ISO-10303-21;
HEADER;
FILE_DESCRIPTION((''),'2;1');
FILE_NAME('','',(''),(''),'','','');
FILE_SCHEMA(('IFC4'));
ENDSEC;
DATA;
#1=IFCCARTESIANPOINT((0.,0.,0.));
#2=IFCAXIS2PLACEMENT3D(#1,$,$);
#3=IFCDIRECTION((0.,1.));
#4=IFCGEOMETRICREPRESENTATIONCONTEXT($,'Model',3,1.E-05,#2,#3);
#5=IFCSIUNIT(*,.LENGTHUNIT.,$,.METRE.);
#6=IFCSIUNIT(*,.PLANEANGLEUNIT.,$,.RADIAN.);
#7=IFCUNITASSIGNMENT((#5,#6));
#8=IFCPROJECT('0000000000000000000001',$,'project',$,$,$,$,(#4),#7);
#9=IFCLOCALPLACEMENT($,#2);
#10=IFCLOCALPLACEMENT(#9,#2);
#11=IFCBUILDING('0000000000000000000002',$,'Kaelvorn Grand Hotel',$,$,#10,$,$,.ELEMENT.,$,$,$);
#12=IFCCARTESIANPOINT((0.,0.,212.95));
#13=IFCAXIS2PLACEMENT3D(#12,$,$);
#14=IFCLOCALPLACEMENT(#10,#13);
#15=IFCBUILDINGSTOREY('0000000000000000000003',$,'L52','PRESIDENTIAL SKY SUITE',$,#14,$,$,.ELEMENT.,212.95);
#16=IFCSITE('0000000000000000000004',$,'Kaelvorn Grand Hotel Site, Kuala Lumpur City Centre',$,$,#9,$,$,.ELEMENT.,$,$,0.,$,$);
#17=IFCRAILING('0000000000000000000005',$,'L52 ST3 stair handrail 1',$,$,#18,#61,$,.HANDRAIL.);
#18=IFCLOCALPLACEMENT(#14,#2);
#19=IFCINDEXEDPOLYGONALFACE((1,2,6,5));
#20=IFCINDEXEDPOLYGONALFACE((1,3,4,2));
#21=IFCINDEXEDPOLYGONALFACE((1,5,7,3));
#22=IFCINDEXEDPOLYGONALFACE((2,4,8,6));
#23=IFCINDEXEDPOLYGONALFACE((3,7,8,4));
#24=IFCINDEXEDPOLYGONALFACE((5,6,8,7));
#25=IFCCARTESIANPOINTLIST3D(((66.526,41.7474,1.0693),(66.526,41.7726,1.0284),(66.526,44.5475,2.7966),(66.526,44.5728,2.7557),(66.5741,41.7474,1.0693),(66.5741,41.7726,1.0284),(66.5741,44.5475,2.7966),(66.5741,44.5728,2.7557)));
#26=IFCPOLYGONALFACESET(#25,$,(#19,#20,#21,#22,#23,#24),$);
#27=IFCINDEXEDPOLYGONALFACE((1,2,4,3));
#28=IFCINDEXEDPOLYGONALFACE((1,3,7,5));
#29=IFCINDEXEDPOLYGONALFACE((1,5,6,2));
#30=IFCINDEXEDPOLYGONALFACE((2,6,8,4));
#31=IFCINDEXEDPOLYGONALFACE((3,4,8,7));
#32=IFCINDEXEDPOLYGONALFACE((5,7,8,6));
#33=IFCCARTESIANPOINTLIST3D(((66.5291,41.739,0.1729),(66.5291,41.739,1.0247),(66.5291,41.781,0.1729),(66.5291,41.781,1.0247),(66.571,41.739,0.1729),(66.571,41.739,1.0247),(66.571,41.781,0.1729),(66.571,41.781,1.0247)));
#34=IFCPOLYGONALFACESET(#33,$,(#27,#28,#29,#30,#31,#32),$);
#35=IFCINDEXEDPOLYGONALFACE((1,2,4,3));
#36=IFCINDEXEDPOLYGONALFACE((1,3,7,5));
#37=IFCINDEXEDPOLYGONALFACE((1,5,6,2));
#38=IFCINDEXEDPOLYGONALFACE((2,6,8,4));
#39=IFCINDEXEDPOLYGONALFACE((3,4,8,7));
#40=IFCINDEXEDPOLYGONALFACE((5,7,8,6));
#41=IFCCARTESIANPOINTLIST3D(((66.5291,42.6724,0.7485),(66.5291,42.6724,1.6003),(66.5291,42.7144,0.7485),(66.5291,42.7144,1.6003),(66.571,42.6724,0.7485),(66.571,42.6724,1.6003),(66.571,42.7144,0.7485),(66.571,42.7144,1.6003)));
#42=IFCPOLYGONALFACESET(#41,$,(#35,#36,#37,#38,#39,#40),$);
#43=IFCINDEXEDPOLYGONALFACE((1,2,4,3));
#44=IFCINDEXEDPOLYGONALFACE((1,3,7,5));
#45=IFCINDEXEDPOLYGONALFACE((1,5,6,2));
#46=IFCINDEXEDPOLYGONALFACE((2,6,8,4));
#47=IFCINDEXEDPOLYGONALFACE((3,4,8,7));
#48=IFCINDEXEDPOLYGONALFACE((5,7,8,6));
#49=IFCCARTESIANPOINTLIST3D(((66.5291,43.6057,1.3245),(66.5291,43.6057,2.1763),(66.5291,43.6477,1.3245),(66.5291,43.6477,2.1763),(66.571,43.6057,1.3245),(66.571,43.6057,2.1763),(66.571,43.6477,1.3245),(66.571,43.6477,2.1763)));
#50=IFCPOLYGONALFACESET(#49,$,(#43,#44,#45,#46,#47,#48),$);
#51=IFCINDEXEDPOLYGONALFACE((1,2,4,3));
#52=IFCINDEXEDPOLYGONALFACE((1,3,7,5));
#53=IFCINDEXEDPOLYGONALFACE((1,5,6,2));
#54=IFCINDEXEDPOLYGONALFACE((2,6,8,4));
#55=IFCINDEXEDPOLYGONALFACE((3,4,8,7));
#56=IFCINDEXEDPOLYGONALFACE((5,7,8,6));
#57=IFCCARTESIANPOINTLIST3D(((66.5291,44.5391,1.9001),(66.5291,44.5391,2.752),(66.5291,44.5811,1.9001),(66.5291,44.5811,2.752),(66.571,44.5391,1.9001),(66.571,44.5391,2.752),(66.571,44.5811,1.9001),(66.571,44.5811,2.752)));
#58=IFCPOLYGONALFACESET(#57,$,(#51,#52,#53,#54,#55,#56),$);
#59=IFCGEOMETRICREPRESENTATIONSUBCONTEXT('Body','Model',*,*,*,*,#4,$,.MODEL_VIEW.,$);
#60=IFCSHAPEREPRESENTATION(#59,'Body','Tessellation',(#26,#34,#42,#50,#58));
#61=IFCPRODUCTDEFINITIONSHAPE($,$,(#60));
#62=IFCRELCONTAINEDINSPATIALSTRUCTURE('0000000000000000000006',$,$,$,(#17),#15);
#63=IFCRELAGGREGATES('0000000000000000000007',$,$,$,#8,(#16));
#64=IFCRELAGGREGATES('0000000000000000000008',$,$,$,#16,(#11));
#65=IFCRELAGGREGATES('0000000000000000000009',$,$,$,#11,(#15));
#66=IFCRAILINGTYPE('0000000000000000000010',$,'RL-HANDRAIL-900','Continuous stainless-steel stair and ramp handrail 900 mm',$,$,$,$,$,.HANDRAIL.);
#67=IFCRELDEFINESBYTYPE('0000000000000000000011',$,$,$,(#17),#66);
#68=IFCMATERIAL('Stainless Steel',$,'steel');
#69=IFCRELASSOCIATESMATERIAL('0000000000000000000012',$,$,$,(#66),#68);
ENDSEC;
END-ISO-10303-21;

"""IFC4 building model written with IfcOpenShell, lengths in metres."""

from ifc_helpers import new_model, si_unit, direction, frame, origin, origin_2d, place, context, subcontext, project, spatial, rectangle, extrude, material, type_object, element, save


model = new_model("IFC4")

# Units and contexts
model_context = context("Model", 3, precision=1e-05, world=origin(), true_north=direction((0.0, 1.0)))
body_context = subcontext(model_context, "Body", "Model", "MODEL_VIEW")
ifc_project = project(units=[si_unit("LENGTHUNIT", "METRE"), si_unit("PLANEANGLEUNIT", "RADIAN")], contexts=[model_context])

# Site, building, storey
site_placement = place(None, origin())
site = spatial("IfcSite", under=ifc_project, at=site_placement, Name="Kaelvorn Grand Hotel Site, Kuala Lumpur City Centre", CompositionType="ELEMENT", RefElevation=0.0)
building_placement = place(site_placement, origin())
building = spatial("IfcBuilding", under=site, at=building_placement, Name="Kaelvorn Grand Hotel", CompositionType="ELEMENT")
storey_placement = place(building_placement, frame((0.0, 0.0, 212.95)))
storey = spatial("IfcBuildingStorey", under=building, at=storey_placement, Name="L52", Description="PRESIDENTIAL SKY SUITE", CompositionType="ELEMENT", Elevation=212.95)

# Railing
ifc_material_1 = material(Name="Stainless Steel", Category="steel")
railing_type = type_object("IfcRailingType", Name="RL-HANDRAIL-900", Description="Continuous stainless-steel stair and ramp handrail 900 mm", PredefinedType="HANDRAIL", material=ifc_material_1)
railing_placement = place(storey_placement, frame((66.55, 41.76, 0.1729)))
element("IfcRailing", 1, at=railing_placement, inside=storey, type_object=railing_type, Name="L52 ST3 stair handrail 1", PredefinedType="HANDRAIL", context=body_context, shape_type="SweptSolid", body=[
    extrude(rectangle(XDim=0.0481, YDim=0.0481, at=origin_2d()), frame((0.0, 0.0, 0.876), z_axis=(0.0, 0.85109, 0.52502), x_axis=(-1.0, 0.0, 0.0)), (0.0, 0.0, 1.0), 3.29),
    extrude(rectangle(XDim=0.042, YDim=0.042, at=origin_2d()), origin(), (0.0, 0.0, 1.0), 0.8518),
    extrude(rectangle(XDim=0.042, YDim=0.042, at=origin_2d()), frame((0.0, 0.9333, 0.5757)), (0.0, 0.0, 1.0), 0.8518),
    extrude(rectangle(XDim=0.042, YDim=0.042, at=origin_2d()), frame((0.0, 1.8667, 1.1516)), (0.0, 0.0, 1.0), 0.8518),
    extrude(rectangle(XDim=0.042, YDim=0.042, at=origin_2d()), frame((0.0, 2.8, 1.7273)), (0.0, 0.0, 1.0), 0.8518),
])

save(model, "model.ifc")
